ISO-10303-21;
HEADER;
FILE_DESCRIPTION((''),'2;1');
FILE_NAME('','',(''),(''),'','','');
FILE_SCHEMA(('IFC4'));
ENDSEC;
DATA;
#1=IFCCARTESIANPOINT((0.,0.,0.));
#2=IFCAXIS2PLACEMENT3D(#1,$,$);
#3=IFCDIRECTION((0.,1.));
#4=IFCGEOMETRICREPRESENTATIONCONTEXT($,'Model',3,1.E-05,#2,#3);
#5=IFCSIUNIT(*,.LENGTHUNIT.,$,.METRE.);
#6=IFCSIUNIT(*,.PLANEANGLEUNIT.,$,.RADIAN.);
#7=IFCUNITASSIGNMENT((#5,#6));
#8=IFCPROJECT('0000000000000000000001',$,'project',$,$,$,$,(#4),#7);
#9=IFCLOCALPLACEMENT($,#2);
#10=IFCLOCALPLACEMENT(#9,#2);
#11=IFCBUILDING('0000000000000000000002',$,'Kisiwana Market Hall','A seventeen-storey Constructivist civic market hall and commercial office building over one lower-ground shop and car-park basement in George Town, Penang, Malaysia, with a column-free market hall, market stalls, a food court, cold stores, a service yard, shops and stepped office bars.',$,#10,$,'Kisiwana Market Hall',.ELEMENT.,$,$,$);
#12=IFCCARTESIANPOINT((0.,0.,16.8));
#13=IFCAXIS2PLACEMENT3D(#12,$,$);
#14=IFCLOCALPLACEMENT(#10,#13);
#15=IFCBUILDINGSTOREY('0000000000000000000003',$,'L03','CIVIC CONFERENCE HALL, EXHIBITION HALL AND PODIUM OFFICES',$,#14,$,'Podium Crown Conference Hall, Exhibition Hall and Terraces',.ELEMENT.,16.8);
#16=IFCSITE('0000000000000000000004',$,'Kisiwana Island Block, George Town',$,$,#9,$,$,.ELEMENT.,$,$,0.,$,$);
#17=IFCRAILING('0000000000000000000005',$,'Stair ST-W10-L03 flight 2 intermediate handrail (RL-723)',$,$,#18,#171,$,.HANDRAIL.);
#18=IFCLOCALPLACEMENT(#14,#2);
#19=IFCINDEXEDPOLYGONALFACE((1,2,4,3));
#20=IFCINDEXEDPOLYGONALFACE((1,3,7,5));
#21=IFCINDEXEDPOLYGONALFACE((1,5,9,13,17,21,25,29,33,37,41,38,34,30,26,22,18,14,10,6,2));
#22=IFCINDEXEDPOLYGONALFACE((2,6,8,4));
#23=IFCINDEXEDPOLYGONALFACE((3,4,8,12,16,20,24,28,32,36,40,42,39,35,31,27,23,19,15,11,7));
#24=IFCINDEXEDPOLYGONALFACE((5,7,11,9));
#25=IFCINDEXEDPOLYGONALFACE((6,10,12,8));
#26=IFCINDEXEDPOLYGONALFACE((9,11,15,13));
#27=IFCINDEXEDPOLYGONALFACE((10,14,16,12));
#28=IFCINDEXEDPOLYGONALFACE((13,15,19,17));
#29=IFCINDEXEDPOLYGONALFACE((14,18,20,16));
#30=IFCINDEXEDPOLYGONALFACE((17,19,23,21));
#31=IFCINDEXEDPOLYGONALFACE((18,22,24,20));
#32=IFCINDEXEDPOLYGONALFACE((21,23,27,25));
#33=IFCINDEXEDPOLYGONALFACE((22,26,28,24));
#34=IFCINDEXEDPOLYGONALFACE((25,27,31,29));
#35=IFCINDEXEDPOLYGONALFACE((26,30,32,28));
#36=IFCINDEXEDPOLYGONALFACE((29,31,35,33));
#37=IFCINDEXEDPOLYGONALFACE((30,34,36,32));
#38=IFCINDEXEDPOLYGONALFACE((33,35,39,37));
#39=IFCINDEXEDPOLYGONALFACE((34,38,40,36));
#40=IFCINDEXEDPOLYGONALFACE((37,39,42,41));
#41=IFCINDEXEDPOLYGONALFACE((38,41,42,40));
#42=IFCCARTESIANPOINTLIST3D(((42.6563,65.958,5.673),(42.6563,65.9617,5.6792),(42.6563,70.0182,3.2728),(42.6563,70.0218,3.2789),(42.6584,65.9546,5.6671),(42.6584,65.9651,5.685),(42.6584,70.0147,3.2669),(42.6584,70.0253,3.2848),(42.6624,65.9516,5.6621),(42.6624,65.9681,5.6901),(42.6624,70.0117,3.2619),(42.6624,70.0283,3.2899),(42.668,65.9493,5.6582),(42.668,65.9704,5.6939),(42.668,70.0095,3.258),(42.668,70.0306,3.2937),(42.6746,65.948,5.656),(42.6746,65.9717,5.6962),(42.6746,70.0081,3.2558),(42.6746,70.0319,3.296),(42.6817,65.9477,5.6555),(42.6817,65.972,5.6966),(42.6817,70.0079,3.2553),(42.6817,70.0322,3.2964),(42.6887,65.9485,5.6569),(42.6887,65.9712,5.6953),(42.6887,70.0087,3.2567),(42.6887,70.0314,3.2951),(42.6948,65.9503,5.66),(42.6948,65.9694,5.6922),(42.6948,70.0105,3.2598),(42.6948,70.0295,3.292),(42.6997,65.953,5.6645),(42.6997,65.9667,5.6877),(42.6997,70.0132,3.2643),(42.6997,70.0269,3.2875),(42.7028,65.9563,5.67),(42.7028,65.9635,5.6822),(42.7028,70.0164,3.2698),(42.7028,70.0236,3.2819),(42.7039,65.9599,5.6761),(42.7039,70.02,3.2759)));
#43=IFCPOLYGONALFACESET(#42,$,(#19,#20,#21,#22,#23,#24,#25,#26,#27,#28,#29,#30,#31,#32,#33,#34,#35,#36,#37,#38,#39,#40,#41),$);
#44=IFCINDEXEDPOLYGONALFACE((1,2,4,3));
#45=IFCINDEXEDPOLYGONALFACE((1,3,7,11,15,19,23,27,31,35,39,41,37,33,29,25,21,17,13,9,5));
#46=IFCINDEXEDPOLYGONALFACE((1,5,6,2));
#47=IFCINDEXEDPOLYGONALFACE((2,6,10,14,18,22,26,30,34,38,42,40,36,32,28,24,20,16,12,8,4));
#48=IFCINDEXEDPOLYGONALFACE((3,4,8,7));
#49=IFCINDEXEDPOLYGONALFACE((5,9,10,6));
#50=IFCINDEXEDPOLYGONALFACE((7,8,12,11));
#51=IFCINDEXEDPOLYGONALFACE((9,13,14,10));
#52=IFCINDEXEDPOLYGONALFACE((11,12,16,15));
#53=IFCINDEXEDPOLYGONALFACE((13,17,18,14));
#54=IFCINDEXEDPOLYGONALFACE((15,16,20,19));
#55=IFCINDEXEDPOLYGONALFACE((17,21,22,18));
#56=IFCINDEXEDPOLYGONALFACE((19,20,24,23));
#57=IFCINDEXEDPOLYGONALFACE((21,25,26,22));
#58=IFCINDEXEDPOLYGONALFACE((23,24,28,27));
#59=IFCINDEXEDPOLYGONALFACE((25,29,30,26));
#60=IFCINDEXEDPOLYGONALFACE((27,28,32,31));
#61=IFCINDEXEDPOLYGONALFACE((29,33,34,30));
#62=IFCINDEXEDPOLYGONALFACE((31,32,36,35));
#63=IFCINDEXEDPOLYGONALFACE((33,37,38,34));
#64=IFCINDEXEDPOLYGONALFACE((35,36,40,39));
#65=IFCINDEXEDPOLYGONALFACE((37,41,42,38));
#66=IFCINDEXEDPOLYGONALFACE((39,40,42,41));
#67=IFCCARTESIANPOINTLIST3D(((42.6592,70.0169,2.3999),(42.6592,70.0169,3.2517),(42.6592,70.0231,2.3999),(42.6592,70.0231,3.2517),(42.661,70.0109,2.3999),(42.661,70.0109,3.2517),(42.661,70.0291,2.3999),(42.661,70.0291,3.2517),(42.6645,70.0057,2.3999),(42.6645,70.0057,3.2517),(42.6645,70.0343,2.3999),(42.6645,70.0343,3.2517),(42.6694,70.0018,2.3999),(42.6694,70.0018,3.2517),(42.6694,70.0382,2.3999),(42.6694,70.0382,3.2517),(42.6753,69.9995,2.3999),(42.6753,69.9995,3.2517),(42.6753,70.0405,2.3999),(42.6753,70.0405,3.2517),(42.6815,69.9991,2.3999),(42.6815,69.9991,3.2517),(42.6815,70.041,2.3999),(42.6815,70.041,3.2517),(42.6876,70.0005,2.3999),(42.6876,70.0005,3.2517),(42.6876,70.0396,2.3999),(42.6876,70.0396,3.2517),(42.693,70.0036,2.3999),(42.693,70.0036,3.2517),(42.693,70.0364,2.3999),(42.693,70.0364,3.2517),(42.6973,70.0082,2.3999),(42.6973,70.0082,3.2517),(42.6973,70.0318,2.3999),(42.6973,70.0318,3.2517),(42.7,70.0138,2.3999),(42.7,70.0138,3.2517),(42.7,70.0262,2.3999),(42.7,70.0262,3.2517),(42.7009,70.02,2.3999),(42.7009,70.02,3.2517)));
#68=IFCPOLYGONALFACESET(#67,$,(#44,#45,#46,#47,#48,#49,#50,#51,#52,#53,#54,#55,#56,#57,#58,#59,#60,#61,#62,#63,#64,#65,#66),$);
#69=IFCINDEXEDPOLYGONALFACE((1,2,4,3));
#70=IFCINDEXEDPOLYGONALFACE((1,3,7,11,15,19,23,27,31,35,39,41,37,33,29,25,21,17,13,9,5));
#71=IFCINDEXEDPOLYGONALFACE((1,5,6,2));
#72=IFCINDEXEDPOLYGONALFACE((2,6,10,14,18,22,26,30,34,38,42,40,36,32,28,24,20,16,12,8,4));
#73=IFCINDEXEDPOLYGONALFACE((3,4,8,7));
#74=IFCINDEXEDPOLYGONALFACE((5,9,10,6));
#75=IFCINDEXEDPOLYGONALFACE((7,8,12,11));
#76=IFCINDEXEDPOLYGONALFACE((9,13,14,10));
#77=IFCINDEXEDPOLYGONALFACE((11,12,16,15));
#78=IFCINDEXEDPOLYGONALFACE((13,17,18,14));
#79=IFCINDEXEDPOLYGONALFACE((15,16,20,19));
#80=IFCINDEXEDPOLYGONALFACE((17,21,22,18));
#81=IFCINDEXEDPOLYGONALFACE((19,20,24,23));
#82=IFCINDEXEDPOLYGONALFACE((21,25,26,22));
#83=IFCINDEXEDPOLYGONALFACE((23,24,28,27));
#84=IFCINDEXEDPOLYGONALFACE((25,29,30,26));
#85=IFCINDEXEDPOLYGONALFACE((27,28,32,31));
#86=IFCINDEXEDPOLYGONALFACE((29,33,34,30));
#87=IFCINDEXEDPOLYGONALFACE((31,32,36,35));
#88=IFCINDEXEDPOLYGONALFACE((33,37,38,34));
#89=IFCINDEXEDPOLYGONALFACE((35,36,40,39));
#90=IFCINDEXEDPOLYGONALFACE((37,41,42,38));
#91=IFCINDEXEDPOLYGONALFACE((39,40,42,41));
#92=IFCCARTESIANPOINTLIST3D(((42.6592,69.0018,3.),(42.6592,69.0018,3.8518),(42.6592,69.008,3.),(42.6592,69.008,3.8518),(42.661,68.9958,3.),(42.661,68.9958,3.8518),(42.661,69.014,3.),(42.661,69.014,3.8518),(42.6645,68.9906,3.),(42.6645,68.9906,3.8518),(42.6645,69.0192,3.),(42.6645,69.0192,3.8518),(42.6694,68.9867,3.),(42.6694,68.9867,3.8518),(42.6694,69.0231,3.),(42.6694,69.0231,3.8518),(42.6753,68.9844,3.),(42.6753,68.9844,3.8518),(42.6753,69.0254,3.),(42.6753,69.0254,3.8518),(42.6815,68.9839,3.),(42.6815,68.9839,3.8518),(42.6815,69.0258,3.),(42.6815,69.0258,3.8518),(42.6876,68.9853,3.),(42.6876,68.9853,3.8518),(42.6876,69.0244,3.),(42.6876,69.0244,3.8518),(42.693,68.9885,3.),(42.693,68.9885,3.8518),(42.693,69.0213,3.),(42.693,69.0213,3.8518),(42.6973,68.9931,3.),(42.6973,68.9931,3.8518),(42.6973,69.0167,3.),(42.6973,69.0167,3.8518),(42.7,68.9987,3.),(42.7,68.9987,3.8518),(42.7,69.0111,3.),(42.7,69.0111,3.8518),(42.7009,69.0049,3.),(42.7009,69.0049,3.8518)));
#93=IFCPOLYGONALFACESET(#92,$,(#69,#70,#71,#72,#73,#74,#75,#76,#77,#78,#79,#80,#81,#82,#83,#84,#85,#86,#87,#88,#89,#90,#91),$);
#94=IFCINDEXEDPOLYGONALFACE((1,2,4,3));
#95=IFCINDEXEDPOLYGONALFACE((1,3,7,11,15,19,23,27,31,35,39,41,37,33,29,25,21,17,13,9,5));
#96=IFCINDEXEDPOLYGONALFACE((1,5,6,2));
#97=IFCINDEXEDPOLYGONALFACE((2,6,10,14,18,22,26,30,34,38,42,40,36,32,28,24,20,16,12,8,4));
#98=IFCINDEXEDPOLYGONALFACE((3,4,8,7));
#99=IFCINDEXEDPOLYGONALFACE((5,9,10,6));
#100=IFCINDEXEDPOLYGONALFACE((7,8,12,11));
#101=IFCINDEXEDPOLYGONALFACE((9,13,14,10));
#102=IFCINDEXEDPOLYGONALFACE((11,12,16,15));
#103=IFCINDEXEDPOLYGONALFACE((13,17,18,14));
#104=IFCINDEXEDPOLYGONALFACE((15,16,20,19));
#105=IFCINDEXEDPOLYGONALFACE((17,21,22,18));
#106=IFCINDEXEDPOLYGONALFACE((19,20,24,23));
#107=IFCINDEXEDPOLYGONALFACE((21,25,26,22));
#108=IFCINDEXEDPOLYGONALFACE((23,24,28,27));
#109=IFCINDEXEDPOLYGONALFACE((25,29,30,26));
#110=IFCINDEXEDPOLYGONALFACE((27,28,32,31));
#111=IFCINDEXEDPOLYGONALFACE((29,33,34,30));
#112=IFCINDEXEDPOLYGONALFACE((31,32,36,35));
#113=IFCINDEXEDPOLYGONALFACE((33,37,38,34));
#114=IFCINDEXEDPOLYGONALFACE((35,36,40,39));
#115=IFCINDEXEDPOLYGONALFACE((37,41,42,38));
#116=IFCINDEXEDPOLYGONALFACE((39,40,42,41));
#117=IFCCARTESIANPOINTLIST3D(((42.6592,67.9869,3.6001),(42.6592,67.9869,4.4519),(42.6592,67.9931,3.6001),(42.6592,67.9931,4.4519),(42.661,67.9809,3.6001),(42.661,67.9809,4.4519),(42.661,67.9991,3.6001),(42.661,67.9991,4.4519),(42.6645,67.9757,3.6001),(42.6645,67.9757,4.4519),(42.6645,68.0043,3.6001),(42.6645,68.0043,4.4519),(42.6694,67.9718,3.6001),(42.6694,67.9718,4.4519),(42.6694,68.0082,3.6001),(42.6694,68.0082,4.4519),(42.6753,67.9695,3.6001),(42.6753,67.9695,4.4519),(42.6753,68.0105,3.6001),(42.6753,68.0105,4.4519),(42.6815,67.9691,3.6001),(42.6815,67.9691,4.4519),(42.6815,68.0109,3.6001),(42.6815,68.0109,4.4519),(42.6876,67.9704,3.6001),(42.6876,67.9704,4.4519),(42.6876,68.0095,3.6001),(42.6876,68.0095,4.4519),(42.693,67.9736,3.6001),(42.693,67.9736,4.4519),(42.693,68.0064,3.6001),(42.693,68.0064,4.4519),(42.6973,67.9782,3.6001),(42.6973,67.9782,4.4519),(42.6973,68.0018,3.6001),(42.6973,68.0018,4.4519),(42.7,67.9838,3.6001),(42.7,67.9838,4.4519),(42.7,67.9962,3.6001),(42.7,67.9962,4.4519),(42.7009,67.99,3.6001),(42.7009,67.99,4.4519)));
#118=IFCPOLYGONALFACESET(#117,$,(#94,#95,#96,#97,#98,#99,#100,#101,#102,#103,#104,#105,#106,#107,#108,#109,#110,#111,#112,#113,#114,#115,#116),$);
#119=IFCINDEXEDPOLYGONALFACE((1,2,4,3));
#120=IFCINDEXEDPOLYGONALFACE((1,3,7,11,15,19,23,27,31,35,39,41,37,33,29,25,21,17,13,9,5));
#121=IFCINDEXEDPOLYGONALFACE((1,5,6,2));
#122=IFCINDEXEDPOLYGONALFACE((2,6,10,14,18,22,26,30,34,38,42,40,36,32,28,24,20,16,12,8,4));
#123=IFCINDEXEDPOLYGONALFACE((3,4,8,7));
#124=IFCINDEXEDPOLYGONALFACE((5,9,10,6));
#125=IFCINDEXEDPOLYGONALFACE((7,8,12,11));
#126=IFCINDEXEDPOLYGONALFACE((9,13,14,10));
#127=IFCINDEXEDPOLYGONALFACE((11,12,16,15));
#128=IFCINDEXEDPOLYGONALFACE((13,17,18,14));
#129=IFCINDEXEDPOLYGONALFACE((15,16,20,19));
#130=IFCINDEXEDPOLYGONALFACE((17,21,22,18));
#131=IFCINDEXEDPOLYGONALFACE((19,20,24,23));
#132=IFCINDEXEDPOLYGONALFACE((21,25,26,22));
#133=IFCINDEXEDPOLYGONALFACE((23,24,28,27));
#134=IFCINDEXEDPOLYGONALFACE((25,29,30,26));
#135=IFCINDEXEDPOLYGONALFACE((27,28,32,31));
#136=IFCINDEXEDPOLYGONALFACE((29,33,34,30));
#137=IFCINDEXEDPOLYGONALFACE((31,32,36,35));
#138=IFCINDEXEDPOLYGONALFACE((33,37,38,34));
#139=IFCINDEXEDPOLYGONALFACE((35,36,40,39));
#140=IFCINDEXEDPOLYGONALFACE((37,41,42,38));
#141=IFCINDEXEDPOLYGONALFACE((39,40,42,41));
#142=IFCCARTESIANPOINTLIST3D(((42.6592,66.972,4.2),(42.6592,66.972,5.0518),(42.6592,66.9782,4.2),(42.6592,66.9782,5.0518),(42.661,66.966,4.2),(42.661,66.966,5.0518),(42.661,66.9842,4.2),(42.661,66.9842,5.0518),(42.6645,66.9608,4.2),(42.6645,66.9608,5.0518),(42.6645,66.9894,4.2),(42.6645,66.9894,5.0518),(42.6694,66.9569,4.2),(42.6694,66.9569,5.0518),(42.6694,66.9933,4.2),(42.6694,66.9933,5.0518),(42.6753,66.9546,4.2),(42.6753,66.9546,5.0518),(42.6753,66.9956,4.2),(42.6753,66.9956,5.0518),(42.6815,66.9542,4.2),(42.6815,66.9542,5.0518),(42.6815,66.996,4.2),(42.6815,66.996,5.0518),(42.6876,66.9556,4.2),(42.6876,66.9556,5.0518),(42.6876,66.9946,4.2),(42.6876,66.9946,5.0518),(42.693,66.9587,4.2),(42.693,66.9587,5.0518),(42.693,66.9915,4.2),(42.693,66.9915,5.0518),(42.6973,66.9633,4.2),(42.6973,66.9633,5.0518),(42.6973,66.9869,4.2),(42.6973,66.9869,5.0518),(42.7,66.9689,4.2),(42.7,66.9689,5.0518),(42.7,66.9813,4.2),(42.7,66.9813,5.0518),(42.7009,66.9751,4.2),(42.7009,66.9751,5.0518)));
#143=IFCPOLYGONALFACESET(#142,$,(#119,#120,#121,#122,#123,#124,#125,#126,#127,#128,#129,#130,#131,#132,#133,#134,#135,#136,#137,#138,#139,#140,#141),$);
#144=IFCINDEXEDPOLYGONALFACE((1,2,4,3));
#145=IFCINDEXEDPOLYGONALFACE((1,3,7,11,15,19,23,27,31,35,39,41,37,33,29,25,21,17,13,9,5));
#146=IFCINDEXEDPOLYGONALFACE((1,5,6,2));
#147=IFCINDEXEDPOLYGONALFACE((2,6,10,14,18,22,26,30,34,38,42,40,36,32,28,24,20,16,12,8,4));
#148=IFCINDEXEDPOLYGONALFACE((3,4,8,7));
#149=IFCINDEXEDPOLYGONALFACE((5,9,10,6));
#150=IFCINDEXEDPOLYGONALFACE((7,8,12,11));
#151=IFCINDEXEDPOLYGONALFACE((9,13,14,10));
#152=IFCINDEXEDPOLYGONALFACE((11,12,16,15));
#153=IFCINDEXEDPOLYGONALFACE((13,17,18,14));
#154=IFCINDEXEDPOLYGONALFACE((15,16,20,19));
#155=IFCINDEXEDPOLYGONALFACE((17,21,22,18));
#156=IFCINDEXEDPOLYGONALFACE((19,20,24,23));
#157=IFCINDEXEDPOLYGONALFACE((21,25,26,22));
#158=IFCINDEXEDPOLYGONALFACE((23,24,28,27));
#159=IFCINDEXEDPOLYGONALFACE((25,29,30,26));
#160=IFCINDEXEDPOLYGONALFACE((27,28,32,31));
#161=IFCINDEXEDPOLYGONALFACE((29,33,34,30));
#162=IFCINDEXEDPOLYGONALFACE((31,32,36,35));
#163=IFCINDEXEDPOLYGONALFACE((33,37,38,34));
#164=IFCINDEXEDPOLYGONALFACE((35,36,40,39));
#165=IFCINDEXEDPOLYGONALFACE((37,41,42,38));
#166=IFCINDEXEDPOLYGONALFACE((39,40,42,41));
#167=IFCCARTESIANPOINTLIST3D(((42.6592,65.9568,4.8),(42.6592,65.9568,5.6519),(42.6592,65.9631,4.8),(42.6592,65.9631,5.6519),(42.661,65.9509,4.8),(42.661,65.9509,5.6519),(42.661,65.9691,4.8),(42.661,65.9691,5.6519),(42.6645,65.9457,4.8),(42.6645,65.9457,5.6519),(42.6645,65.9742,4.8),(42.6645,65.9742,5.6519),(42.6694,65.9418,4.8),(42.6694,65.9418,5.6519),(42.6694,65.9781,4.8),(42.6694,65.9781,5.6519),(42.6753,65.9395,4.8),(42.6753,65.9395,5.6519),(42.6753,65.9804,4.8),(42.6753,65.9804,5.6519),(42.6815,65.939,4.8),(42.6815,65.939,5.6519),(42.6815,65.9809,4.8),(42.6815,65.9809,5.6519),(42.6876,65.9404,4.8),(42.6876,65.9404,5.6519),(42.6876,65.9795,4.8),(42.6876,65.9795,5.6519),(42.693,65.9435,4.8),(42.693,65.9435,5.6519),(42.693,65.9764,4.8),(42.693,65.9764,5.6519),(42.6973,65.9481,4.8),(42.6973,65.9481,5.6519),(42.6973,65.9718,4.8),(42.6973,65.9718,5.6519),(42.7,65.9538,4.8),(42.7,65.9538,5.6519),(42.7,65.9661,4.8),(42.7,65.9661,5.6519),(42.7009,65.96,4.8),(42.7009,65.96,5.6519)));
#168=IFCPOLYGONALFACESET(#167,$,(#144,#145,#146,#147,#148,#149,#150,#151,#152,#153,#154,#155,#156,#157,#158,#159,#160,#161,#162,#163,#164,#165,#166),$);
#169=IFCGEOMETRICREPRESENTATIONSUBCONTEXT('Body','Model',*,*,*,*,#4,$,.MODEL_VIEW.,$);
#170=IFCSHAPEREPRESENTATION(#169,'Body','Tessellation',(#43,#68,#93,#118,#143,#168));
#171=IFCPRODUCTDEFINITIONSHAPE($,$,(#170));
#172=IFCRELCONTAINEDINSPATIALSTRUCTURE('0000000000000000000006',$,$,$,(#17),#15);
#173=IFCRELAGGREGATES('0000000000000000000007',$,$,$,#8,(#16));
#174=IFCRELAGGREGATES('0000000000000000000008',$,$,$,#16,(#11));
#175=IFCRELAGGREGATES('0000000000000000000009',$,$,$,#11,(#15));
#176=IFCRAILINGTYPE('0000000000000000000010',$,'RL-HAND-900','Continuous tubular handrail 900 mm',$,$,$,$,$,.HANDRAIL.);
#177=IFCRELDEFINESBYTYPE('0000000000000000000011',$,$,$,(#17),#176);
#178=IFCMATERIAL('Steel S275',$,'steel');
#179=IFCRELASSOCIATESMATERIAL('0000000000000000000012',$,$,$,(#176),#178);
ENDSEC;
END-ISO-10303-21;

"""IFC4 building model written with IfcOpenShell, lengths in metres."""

from ifc_helpers import new_model, si_unit, direction, frame, origin, origin_2d, place, context, subcontext, project, spatial, circle, extrude, material, type_object, element, save


model = new_model("IFC4")

# Units and contexts
model_context = context("Model", 3, precision=1e-05, world=origin(), true_north=direction((0.0, 1.0)))
body_context = subcontext(model_context, "Body", "Model", "MODEL_VIEW")
ifc_project = project(units=[si_unit("LENGTHUNIT", "METRE"), si_unit("PLANEANGLEUNIT", "RADIAN")], contexts=[model_context])

# Site, building, storey
site_placement = place(None, origin())
site = spatial("IfcSite", under=ifc_project, at=site_placement, Name="Kisiwana Island Block, George Town", CompositionType="ELEMENT", RefElevation=0.0)
building_placement = place(site_placement, origin())
building = spatial("IfcBuilding", under=site, at=building_placement, Name="Kisiwana Market Hall", Description="A seventeen-storey Constructivist civic market hall and commercial office building over one lower-ground shop and car-park basement in George Town, Penang, Malaysia, with a column-free market hall, market stalls, a food court, cold stores, a service yard, shops and stepped office bars.", LongName="Kisiwana Market Hall", CompositionType="ELEMENT")
storey_placement = place(building_placement, frame((0.0, 0.0, 16.8)))
storey = spatial("IfcBuildingStorey", under=building, at=storey_placement, Name="L03", Description="CIVIC CONFERENCE HALL, EXHIBITION HALL AND PODIUM OFFICES", LongName="Podium Crown Conference Hall, Exhibition Hall and Terraces", CompositionType="ELEMENT", Elevation=16.8)

# Railing
ifc_material_1 = material(Name="Steel S275", Category="steel")
railing_type_1 = type_object("IfcRailingType", Name="RL-HAND-900", Description="Continuous tubular handrail 900 mm", PredefinedType="HANDRAIL", material=ifc_material_1)
railing_1_placement = place(storey_placement, frame((42.6799, 70.02, 2.3999)))
element("IfcRailing", 1, at=railing_1_placement, inside=storey, type_object=railing_type_1, Name="Stair ST-W10-L03 flight 2 intermediate handrail (RL-723)", PredefinedType="HANDRAIL", context=body_context, shape_type="SweptSolid", body=[
    extrude(circle(Radius=0.0239, at=origin_2d()), frame((0.0, 0.0, 0.876), z_axis=(0.0, -0.860832, 0.50889), x_axis=(1.0, 0.0, 0.0)), (0.0, 0.0, 1.0), 4.7166),
    extrude(circle(Radius=0.021, at=origin_2d()), origin(), (0.0, 0.0, 1.0), 0.8518),
    extrude(circle(Radius=0.021, at=origin_2d()), frame((0.0, -1.0151, 0.6001)), (0.0, 0.0, 1.0), 0.8518),
    extrude(circle(Radius=0.021, at=origin_2d()), frame((0.0, -2.03, 1.2002)), (0.0, 0.0, 1.0), 0.8518),
    extrude(circle(Radius=0.021, at=origin_2d()), frame((0.0, -3.0449, 1.8)), (0.0, 0.0, 1.0), 0.8518),
    extrude(circle(Radius=0.021, at=origin_2d()), frame((0.0, -4.0601, 2.4001)), (0.0, 0.0, 1.0), 0.8518),
])

save(model, "model.ifc")
